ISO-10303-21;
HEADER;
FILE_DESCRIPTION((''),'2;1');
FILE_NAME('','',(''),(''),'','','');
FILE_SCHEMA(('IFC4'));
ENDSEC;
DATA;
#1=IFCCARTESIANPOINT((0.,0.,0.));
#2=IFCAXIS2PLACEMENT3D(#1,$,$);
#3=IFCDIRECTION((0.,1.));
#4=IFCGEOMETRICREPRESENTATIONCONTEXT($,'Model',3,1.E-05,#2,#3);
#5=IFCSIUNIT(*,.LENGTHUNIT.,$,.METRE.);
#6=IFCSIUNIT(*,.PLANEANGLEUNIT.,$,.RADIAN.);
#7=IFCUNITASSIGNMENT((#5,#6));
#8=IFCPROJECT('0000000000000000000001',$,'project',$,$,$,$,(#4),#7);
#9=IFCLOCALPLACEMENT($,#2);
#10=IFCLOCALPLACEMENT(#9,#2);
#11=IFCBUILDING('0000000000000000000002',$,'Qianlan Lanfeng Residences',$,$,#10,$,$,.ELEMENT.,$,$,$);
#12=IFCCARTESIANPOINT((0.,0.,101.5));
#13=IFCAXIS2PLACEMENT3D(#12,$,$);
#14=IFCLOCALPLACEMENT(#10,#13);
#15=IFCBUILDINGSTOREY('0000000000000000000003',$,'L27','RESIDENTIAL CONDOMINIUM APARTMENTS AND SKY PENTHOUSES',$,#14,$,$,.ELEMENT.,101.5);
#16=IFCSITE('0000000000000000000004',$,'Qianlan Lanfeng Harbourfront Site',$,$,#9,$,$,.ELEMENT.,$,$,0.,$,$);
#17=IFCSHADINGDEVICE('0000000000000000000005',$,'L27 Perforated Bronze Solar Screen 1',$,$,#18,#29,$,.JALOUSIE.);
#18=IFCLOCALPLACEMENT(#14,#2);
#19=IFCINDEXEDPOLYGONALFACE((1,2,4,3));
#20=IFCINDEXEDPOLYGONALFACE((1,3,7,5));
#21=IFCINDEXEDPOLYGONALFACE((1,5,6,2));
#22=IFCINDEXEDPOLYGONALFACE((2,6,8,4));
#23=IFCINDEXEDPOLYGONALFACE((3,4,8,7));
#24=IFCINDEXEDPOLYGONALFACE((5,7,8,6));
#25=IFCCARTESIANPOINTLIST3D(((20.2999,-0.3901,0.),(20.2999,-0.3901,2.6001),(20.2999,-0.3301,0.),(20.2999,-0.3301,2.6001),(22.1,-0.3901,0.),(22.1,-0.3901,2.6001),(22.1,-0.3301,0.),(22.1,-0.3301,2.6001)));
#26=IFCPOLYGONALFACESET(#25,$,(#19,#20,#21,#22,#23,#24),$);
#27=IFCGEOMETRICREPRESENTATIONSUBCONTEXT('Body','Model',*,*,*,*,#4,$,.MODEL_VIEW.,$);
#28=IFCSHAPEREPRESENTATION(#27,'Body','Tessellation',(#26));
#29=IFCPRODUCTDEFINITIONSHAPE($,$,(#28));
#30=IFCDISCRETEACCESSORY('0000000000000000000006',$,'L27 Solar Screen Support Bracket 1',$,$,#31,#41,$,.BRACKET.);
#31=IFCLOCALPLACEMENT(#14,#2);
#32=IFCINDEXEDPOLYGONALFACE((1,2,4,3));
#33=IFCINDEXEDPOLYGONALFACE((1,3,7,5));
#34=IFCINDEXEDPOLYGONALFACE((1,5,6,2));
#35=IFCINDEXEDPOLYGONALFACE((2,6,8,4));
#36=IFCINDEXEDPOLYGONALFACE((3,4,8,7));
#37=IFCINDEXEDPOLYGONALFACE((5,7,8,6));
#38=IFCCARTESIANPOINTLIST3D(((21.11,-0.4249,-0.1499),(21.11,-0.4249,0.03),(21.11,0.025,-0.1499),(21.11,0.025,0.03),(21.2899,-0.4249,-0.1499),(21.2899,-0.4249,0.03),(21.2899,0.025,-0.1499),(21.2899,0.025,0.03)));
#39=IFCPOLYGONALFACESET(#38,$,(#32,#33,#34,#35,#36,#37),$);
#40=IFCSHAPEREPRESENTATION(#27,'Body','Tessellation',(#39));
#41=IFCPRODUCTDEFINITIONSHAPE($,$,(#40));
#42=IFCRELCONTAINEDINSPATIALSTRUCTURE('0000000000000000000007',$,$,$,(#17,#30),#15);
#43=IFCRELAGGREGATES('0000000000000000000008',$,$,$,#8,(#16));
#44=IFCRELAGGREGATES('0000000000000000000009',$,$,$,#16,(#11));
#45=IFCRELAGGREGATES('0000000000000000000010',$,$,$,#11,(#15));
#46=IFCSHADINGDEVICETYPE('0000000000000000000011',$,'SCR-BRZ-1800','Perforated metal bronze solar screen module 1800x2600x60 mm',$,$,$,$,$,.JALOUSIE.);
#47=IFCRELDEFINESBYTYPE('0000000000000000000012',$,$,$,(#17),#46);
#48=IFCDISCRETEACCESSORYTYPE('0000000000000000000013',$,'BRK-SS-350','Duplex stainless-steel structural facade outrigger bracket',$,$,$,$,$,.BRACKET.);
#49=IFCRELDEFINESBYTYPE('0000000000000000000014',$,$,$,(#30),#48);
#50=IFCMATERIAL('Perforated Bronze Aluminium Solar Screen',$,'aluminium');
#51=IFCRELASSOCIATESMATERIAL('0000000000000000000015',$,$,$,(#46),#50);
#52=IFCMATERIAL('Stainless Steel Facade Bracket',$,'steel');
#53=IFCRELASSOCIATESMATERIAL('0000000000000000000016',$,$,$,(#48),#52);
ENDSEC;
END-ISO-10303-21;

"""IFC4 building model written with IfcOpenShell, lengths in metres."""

from ifc_helpers import new_model, si_unit, direction, frame, origin, origin_2d, place, context, subcontext, project, spatial, rectangle, extrude, source, transform, mapped, material, type_object, element, save


model = new_model("IFC4")

# Units and contexts
model_context = context("Model", 3, precision=1e-05, world=origin(), true_north=direction((0.0, 1.0)))
body_context = subcontext(model_context, "Body", "Model", "MODEL_VIEW")
ifc_project = project(units=[si_unit("LENGTHUNIT", "METRE"), si_unit("PLANEANGLEUNIT", "RADIAN")], contexts=[model_context])

# Site, building, storey
site_placement = place(None, origin())
site = spatial("IfcSite", under=ifc_project, at=site_placement, Name="Qianlan Lanfeng Harbourfront Site", CompositionType="ELEMENT", RefElevation=0.0)
building_placement = place(site_placement, origin())
building = spatial("IfcBuilding", under=site, at=building_placement, Name="Qianlan Lanfeng Residences", CompositionType="ELEMENT")
storey_placement = place(building_placement, frame((0.0, 0.0, 101.5)))
storey = spatial("IfcBuildingStorey", under=building, at=storey_placement, Name="L27", Description="RESIDENTIAL CONDOMINIUM APARTMENTS AND SKY PENTHOUSES", CompositionType="ELEMENT", Elevation=101.5)

# Shading device
ifc_material_1 = material(Name="Perforated Bronze Aluminium Solar Screen", Category="aluminium")
shading_device_type = type_object("IfcShadingDeviceType", Name="SCR-BRZ-1800", Description="Perforated metal bronze solar screen module 1800x2600x60 mm", PredefinedType="JALOUSIE", material=ifc_material_1)
shared_shape_1 = source(origin(), body_context, "Body", "SweptSolid", [
    extrude(rectangle(XDim=1.8, YDim=0.0601, at=origin_2d()), origin(), (0.0, 0.0, 1.0), 2.6001),
])
shading_device_placement = place(storey_placement, frame((21.2, -0.3601, 0.0), z_axis=(0.0, 0.0, 1.0), x_axis=(1.0, 0.0, 0.0)))
element("IfcShadingDevice", 1, at=shading_device_placement, inside=storey, type_object=shading_device_type, Name="L27 Perforated Bronze Solar Screen 1", PredefinedType="JALOUSIE", context=body_context, shape_type="MappedRepresentation", body=[
    mapped(shared_shape_1, transform((0.0, 0.0, 0.0), scale=1.0)),
])

# Discrete accessory
ifc_material_2 = material(Name="Stainless Steel Facade Bracket", Category="steel")
discrete_accessory_type = type_object("IfcDiscreteAccessoryType", Name="BRK-SS-350", Description="Duplex stainless-steel structural facade outrigger bracket", PredefinedType="BRACKET", material=ifc_material_2)
shared_shape_2 = source(origin(), body_context, "Body", "SweptSolid", [
    extrude(rectangle(XDim=0.1799, YDim=0.45, at=origin_2d()), origin(), (0.0, 0.0, 1.0), 0.1799),
])
discrete_accessory_placement = place(storey_placement, frame((21.2, -0.2, -0.1499), z_axis=(0.0, 0.0, 1.0), x_axis=(1.0, 0.0, 0.0)))
element("IfcDiscreteAccessory", 2, at=discrete_accessory_placement, inside=storey, type_object=discrete_accessory_type, Name="L27 Solar Screen Support Bracket 1", PredefinedType="BRACKET", context=body_context, shape_type="MappedRepresentation", body=[
    mapped(shared_shape_2, transform((0.0, 0.0, 0.0), scale=1.0)),
])

save(model, "model.ifc")
